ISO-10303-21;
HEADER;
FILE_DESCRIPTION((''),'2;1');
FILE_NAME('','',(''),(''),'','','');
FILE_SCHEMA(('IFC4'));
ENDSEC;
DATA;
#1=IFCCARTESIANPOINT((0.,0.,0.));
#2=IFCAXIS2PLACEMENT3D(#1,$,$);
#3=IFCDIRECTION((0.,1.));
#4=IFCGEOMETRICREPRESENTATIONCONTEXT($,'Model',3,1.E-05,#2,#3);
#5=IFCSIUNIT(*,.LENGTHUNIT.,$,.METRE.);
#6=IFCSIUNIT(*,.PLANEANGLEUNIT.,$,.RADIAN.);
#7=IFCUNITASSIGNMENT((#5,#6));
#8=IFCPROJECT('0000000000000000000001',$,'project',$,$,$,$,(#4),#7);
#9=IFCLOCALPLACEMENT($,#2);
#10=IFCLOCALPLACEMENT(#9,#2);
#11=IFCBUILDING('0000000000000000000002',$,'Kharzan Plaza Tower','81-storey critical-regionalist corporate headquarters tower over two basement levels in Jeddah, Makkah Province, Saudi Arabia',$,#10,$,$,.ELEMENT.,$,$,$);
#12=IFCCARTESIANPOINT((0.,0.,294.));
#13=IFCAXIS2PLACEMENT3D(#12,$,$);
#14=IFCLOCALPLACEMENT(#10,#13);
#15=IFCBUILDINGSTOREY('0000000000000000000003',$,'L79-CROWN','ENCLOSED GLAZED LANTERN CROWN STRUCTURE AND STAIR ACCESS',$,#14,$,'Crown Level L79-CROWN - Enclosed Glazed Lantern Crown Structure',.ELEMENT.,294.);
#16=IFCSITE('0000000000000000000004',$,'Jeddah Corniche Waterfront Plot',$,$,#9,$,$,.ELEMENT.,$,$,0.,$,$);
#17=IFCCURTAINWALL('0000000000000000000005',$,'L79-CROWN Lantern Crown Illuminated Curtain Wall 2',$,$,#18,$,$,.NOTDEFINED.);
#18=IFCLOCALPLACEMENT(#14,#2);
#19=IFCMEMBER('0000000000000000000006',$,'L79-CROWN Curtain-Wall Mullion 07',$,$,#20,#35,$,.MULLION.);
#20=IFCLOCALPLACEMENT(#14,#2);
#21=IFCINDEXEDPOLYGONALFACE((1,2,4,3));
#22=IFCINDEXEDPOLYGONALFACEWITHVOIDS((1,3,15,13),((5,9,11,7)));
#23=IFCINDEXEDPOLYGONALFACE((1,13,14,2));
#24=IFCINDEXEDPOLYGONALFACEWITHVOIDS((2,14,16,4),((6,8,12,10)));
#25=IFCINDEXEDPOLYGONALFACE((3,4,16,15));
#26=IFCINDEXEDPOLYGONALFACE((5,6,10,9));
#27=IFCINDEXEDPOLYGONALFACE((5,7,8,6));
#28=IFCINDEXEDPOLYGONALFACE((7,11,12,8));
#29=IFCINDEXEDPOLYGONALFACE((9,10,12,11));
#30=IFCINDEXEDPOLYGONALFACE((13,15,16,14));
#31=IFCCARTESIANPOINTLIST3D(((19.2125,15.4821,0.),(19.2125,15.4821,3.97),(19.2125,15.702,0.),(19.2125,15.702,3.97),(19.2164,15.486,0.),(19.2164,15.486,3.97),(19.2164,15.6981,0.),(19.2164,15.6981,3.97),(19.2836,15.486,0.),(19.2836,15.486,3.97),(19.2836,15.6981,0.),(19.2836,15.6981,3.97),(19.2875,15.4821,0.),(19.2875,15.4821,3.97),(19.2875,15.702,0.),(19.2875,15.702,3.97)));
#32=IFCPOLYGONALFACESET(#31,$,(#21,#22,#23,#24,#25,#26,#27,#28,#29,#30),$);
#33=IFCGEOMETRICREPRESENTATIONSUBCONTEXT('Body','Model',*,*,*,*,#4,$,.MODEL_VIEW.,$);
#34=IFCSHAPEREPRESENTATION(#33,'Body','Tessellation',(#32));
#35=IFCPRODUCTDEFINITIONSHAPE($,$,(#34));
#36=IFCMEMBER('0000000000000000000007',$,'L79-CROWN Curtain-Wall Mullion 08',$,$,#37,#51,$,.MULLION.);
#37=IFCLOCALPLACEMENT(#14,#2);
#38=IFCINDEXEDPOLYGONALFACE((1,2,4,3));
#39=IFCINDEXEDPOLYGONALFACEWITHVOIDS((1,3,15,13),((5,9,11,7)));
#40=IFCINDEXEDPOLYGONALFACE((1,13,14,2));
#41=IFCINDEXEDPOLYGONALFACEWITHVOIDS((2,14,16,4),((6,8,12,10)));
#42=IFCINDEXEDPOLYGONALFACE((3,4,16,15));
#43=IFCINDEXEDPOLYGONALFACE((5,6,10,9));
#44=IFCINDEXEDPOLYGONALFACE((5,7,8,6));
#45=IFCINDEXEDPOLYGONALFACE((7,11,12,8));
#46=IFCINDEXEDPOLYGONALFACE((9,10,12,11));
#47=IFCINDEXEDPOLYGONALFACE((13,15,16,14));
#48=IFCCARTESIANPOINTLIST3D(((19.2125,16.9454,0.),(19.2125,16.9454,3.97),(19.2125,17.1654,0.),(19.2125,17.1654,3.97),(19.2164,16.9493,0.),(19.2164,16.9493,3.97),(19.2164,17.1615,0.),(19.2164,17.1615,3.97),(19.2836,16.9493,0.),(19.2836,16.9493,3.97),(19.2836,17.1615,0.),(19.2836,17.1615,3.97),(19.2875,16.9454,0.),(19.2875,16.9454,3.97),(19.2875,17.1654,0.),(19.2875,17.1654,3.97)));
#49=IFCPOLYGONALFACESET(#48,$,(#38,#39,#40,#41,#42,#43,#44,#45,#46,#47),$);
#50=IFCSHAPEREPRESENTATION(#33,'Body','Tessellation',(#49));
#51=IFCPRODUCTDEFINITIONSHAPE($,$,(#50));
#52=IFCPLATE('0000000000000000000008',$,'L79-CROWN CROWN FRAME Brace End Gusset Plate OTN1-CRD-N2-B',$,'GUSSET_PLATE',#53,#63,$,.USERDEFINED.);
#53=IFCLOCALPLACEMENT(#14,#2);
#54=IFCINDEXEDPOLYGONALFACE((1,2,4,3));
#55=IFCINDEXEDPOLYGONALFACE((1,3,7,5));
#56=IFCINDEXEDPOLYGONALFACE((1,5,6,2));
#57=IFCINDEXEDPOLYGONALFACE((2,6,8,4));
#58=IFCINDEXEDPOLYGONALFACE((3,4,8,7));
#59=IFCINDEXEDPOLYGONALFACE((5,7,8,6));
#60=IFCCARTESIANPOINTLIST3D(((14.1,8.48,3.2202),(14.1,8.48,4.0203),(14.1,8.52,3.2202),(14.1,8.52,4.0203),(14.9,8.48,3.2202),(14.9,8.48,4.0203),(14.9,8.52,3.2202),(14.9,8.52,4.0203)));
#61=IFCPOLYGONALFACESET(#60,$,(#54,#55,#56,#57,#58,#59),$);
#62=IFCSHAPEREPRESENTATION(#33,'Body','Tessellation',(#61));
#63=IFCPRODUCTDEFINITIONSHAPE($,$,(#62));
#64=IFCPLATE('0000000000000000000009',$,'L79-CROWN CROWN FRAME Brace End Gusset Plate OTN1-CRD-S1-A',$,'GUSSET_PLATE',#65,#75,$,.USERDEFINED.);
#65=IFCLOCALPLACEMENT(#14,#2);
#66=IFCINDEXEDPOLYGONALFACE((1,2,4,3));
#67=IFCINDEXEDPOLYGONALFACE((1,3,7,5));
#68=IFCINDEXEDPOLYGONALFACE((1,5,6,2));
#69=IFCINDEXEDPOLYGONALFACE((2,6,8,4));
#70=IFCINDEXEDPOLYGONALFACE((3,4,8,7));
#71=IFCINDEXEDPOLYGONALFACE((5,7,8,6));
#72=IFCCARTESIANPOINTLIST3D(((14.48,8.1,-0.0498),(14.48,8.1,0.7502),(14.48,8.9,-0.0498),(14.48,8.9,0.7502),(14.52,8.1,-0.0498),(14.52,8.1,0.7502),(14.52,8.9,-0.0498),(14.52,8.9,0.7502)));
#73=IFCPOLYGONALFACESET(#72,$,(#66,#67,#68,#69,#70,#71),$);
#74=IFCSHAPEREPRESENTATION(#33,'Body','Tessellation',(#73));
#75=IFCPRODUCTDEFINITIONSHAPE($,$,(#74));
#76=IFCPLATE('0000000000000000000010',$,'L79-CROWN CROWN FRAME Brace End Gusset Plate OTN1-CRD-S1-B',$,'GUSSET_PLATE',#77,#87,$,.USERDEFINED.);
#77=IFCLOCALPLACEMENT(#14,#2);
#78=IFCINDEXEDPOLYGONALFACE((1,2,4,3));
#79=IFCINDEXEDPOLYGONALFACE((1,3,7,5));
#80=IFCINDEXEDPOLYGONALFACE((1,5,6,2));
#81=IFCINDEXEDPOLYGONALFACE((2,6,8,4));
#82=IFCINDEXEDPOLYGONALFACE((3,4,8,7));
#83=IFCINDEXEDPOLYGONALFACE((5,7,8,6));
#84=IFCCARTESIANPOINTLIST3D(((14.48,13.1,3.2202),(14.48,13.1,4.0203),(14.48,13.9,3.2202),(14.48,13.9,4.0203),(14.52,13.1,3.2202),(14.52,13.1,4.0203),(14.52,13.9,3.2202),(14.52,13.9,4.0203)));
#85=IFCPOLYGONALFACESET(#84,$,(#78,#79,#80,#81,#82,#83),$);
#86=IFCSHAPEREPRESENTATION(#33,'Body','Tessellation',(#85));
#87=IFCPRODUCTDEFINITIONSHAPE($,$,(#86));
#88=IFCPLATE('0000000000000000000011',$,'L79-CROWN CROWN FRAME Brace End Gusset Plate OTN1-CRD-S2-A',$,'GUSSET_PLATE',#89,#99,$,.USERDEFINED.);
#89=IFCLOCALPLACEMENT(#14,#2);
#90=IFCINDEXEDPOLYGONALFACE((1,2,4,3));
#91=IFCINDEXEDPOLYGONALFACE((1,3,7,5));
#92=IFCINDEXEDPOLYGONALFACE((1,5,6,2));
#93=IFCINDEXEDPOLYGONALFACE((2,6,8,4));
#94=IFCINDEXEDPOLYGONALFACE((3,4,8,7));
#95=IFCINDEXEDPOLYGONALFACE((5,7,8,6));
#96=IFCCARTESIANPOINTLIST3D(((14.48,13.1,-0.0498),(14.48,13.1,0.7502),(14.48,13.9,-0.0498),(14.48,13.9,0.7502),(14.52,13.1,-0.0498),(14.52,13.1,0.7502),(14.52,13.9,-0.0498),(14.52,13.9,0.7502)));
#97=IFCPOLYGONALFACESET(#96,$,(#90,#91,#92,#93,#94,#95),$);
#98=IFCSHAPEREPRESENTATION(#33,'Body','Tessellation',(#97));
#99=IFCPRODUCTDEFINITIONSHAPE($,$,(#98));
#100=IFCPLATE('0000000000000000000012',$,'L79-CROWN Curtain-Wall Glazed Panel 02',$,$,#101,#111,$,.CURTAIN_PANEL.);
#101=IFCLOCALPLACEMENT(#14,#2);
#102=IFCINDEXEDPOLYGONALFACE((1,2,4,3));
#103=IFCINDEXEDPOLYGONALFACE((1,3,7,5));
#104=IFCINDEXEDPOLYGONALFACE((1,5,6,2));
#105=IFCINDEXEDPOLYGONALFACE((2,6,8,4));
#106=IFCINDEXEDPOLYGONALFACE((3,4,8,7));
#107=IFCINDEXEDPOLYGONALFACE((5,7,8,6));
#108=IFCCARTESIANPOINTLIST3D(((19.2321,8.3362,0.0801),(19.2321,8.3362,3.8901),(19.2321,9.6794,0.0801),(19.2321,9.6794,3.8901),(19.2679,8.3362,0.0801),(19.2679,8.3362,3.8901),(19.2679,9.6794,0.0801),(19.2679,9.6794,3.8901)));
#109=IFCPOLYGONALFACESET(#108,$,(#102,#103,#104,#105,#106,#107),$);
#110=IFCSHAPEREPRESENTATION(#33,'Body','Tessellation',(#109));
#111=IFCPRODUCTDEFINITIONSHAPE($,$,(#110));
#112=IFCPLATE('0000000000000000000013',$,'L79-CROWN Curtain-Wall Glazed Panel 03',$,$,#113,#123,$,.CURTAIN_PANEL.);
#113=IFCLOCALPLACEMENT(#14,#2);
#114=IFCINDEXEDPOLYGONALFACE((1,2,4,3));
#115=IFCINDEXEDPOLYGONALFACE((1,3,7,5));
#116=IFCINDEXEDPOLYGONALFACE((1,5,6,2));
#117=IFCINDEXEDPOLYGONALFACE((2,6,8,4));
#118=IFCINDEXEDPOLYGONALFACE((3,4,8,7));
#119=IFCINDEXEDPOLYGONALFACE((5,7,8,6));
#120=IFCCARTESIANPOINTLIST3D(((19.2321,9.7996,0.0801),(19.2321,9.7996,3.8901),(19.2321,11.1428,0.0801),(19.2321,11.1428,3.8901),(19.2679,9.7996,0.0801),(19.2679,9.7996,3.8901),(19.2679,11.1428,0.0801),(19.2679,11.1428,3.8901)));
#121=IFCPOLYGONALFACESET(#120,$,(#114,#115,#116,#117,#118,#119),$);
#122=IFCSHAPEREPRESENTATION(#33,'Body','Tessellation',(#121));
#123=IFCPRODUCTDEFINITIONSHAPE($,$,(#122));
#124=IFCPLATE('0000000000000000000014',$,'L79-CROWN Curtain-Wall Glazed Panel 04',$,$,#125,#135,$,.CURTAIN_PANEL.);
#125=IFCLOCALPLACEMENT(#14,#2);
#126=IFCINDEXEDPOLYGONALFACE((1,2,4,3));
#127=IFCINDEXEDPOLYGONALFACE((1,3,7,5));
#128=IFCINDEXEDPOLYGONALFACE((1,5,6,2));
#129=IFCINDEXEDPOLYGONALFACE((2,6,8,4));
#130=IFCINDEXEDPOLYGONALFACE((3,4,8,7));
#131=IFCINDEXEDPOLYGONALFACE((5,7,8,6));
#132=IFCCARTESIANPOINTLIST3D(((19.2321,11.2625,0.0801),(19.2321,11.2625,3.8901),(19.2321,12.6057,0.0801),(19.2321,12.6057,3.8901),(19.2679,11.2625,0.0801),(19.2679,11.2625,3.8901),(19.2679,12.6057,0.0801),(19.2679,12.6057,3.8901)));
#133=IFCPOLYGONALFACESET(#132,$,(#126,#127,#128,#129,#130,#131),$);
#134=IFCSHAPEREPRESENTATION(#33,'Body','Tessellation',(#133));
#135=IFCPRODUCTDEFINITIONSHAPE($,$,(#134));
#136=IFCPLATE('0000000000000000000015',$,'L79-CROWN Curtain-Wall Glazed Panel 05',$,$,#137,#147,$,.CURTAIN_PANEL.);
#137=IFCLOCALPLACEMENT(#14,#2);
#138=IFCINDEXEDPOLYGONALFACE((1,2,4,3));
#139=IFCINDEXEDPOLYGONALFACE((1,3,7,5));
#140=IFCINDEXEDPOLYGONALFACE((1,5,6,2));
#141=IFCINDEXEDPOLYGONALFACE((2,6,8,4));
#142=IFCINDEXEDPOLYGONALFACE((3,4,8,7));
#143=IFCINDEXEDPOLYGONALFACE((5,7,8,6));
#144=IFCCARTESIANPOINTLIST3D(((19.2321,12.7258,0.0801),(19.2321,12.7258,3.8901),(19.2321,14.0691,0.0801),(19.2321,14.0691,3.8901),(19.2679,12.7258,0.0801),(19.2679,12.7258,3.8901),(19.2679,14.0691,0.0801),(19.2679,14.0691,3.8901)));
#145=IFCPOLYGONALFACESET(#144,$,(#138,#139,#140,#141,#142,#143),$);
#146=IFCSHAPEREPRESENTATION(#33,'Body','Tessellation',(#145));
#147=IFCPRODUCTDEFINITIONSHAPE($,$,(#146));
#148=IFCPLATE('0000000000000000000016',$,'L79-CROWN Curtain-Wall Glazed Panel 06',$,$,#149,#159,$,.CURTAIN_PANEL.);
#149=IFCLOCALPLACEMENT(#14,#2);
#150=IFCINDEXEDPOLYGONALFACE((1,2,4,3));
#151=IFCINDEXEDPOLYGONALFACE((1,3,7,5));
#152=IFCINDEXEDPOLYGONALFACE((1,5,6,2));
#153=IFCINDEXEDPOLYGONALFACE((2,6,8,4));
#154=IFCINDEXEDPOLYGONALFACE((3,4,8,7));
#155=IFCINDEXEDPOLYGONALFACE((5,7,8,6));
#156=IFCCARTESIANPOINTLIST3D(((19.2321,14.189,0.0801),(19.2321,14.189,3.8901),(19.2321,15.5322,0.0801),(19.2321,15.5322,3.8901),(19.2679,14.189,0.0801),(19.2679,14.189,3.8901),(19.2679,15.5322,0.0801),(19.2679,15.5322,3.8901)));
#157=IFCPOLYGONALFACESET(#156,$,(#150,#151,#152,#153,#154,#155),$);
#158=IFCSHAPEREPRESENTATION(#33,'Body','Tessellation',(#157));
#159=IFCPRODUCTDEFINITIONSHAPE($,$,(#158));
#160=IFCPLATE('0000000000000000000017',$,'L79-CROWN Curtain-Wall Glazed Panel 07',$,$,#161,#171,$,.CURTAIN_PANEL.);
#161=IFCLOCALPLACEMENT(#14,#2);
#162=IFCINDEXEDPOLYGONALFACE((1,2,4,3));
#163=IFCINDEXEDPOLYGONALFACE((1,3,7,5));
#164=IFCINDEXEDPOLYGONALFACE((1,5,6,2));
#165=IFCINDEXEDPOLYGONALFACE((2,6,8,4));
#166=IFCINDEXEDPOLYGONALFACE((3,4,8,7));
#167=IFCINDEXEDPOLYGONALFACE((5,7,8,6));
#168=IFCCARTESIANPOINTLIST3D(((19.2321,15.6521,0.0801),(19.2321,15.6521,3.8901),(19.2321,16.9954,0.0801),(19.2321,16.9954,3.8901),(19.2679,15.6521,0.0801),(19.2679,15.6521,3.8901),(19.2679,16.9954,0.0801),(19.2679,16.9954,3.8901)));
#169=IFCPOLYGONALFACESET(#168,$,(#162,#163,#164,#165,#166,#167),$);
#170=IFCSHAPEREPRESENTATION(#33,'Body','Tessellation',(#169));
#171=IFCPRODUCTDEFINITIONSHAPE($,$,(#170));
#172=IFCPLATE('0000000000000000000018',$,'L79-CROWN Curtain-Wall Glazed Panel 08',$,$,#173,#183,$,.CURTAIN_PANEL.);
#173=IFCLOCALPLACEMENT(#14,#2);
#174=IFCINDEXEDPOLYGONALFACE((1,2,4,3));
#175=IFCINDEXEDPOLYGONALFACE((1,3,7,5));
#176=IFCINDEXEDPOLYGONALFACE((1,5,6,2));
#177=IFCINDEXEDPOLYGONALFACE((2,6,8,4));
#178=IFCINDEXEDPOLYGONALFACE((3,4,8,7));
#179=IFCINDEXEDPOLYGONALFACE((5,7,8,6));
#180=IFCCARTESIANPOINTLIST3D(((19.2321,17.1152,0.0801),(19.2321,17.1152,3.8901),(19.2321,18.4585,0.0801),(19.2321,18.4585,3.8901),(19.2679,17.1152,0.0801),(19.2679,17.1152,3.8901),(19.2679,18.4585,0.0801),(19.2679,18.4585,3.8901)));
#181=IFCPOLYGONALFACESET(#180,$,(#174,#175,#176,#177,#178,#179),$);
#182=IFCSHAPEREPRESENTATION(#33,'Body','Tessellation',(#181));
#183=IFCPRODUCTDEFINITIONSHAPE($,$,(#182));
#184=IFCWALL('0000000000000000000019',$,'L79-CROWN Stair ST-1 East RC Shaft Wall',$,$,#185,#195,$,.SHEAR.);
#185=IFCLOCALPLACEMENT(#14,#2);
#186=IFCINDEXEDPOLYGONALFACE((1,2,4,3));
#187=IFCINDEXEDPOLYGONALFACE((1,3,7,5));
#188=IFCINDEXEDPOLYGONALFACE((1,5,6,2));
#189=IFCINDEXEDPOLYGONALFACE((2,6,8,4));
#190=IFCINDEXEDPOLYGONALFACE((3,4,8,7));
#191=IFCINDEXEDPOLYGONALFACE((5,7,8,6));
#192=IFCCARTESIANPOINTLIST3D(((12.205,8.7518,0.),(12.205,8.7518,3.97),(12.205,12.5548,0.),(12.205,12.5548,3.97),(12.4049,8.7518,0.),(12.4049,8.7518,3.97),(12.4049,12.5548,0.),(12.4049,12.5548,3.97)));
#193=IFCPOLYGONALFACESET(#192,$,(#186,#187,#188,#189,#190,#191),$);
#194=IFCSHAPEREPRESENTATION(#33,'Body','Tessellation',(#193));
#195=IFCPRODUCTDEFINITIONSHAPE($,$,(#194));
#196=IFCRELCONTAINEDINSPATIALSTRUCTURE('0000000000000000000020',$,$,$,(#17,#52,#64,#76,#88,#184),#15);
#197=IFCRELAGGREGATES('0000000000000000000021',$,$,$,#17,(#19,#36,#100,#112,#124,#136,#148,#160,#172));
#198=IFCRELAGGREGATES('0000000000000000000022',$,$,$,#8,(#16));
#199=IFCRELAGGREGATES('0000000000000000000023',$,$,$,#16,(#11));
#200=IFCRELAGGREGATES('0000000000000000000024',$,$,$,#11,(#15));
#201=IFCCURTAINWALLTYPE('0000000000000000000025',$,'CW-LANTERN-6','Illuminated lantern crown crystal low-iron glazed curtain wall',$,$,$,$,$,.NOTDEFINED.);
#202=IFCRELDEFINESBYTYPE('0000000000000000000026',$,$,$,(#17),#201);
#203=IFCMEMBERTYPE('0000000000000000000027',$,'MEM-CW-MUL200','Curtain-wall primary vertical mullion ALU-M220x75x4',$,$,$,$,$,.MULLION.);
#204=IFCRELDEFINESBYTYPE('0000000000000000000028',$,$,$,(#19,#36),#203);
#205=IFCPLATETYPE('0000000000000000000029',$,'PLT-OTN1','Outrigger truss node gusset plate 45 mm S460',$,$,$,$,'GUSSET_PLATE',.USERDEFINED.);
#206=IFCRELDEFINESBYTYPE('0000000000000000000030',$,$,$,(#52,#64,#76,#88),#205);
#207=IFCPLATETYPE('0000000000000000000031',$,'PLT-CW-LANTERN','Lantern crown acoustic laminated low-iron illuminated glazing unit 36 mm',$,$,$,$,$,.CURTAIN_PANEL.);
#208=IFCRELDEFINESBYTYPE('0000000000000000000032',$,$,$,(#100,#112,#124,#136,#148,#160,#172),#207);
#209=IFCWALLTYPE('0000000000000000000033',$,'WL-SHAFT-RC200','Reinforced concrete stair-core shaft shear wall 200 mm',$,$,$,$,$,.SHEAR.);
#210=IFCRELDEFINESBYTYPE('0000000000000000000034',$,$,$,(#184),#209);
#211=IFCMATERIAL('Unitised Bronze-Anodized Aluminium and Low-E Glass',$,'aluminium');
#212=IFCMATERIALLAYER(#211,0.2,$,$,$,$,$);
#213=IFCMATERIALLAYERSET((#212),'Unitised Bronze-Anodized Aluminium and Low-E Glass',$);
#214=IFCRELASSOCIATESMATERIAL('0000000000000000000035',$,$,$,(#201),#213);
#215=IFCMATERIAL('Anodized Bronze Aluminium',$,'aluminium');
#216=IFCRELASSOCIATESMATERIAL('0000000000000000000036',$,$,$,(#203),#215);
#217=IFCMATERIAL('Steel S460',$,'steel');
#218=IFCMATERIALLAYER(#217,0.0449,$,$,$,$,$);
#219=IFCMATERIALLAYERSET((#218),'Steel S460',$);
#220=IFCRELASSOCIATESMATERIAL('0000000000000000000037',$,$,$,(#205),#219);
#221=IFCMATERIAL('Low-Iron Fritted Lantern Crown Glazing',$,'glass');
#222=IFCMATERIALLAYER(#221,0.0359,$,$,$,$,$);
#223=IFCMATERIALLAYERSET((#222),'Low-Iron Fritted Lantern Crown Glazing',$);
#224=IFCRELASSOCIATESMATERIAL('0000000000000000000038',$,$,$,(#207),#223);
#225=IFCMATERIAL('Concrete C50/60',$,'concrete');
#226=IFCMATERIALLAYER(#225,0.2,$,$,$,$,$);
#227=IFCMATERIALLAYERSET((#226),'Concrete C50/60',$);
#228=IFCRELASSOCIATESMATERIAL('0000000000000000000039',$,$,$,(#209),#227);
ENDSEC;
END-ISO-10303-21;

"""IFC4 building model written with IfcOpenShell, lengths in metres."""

from ifc_helpers import new_model, si_unit, direction, frame, frame_2d, origin, origin_2d, place, context, subcontext, project, spatial, rectangle, hollow_rectangle, extrude, source, transform, mapped, material, layer, layer_set, material_profile, profile_set, type_object, element, aggregate, save


model = new_model("IFC4")

# Units and contexts
model_context = context("Model", 3, precision=1e-05, world=origin(), true_north=direction((0.0, 1.0)))
body_context = subcontext(model_context, "Body", "Model", "MODEL_VIEW")
ifc_project = project(units=[si_unit("LENGTHUNIT", "METRE"), si_unit("PLANEANGLEUNIT", "RADIAN")], contexts=[model_context])

# Site, building, storey
site_placement = place(None, origin())
site = spatial("IfcSite", under=ifc_project, at=site_placement, Name="Jeddah Corniche Waterfront Plot", CompositionType="ELEMENT", RefElevation=0.0)
building_placement = place(site_placement, origin())
building = spatial("IfcBuilding", under=site, at=building_placement, Name="Kharzan Plaza Tower", Description="81-storey critical-regionalist corporate headquarters tower over two basement levels in Jeddah, Makkah Province, Saudi Arabia", CompositionType="ELEMENT")
storey_placement = place(building_placement, frame((0.0, 0.0, 294.0)))
storey = spatial("IfcBuildingStorey", under=building, at=storey_placement, Name="L79-CROWN", Description="ENCLOSED GLAZED LANTERN CROWN STRUCTURE AND STAIR ACCESS", LongName="Crown Level L79-CROWN - Enclosed Glazed Lantern Crown Structure", CompositionType="ELEMENT", Elevation=294.0)

# Curtain wall, members
ifc_material_1 = material(Name="Unitised Bronze-Anodized Aluminium and Low-E Glass", Category="aluminium")
ifc_layer_1 = layer(ifc_material_1, 0.2)
ifc_layer_set_1 = layer_set([ifc_layer_1], Name="Unitised Bronze-Anodized Aluminium and Low-E Glass")
curtain_wall_type = type_object("IfcCurtainWallType", Name="CW-LANTERN-6", Description="Illuminated lantern crown crystal low-iron glazed curtain wall", PredefinedType="NOTDEFINED", material=ifc_layer_set_1)
curtain_wall_placement = place(storey_placement, origin())
curtain_wall = element("IfcCurtainWall", 1, at=curtain_wall_placement, inside=storey, type_object=curtain_wall_type, Name="L79-CROWN Lantern Crown Illuminated Curtain Wall 2", PredefinedType="NOTDEFINED")
ifc_material_2 = material(Name="Anodized Bronze Aluminium", Category="aluminium")
ifc_material_profile_1 = material_profile(ifc_material_2, hollow_rectangle(XDim=0.075, YDim=0.22, WallThickness=0.0039, at=origin_2d()), Name="ALU-M220x75x4")
ifc_profile_set_1 = profile_set([ifc_material_profile_1], Name="Anodized Bronze Aluminium")
member_type_1 = type_object("IfcMemberType", Name="MEM-CW-MUL200", Description="Curtain-wall primary vertical mullion ALU-M220x75x4", PredefinedType="MULLION", material=ifc_profile_set_1)
shared_shape_1 = source(origin(), body_context, "Body", "SweptSolid", [
    extrude(hollow_rectangle(XDim=0.075, YDim=0.22, WallThickness=0.0039, at=origin_2d()), origin(), (0.0, 0.0, 1.0), 3.97),
])
member_1_placement = place(storey_placement, frame((19.25, 15.592, 0.0), z_axis=(0.0, 0.0, 1.0), x_axis=(1.0, 0.0, 0.0)))
member_1 = element("IfcMember", 2, at=member_1_placement, type_object=member_type_1, Name="L79-CROWN Curtain-Wall Mullion 07", PredefinedType="MULLION", context=body_context, shape_type="MappedRepresentation", body=[
    mapped(shared_shape_1, transform((0.0, 0.0, 0.0), x_axis=(1.0, 0.0, 0.0), y_axis=(0.0, 1.0, 0.0), z_axis=(0.0, 0.0, 1.0))),
])
member_2_placement = place(storey_placement, frame((19.25, 17.0554, 0.0), z_axis=(0.0, 0.0, 1.0), x_axis=(1.0, 0.0, 0.0)))
member_2 = element("IfcMember", 3, at=member_2_placement, type_object=member_type_1, Name="L79-CROWN Curtain-Wall Mullion 08", PredefinedType="MULLION", context=body_context, shape_type="MappedRepresentation", body=[
    mapped(shared_shape_1, transform((0.0, 0.0, 0.0), x_axis=(1.0, 0.0, 0.0), y_axis=(0.0, 1.0, 0.0), z_axis=(0.0, 0.0, 1.0))),
])

# Plates
ifc_material_3 = material(Name="Steel S460", Category="steel")
ifc_layer_2 = layer(ifc_material_3, 0.0449)
ifc_layer_set_2 = layer_set([ifc_layer_2], Name="Steel S460")
plate_type_1 = type_object("IfcPlateType", Name="PLT-OTN1", Description="Outrigger truss node gusset plate 45 mm S460", ElementType="GUSSET_PLATE", PredefinedType="USERDEFINED", material=ifc_layer_set_2)
shared_shape_2 = source(origin(), body_context, "Body", "SweptSolid", [
    extrude(rectangle(XDim=0.8, YDim=0.04, at=origin_2d()), origin(), (0.0, 0.0, 1.0), 0.8),
])
for number, where, z_axis, x_axis, name in (
    (4, (14.5, 8.5, 3.2202), (0.0, 0.0, 1.0), (1.0, 0.0, 0.0), "L79-CROWN CROWN FRAME Brace End Gusset Plate OTN1-CRD-N2-B"),
    (5, (14.5, 8.5, -0.0498), (0.0, 0.0, 1.0), (0.0, 1.0, 0.0), "L79-CROWN CROWN FRAME Brace End Gusset Plate OTN1-CRD-S1-A"),
    (6, (14.5, 13.5, 3.2202), (0.0, 0.0, 1.0), (0.0, 1.0, 0.0), "L79-CROWN CROWN FRAME Brace End Gusset Plate OTN1-CRD-S1-B"),
    (7, (14.5, 13.5, -0.0498), (0.0, 0.0, 1.0), (0.0, 1.0, 0.0), "L79-CROWN CROWN FRAME Brace End Gusset Plate OTN1-CRD-S2-A"),
):
    element("IfcPlate", number, at=place(storey_placement, frame(where, z_axis=z_axis, x_axis=x_axis)), inside=storey, type_object=plate_type_1, Name=name, ObjectType="GUSSET_PLATE", PredefinedType="USERDEFINED", context=body_context, shape_type="MappedRepresentation", body=[
        mapped(shared_shape_2, transform((0.0, 0.0, 0.0), x_axis=(1.0, 0.0, 0.0), y_axis=(0.0, 1.0, 0.0), z_axis=(0.0, 0.0, 1.0))),
    ])

# Plates
ifc_material_4 = material(Name="Low-Iron Fritted Lantern Crown Glazing", Category="glass")
ifc_layer_3 = layer(ifc_material_4, 0.0359)
ifc_layer_set_3 = layer_set([ifc_layer_3], Name="Low-Iron Fritted Lantern Crown Glazing")
plate_type_2 = type_object("IfcPlateType", Name="PLT-CW-LANTERN", Description="Lantern crown acoustic laminated low-iron illuminated glazing unit 36 mm", PredefinedType="CURTAIN_PANEL", material=ifc_layer_set_3)
shared_shape_3 = source(origin(), body_context, "Body", "SweptSolid", [
    extrude(rectangle(XDim=1.3433, YDim=0.0359, at=origin_2d()), origin(), (0.0, 0.0, 1.0), 3.8101),
])
plate_1_placement = place(storey_placement, frame((19.25, 9.0078, 0.0801), z_axis=(0.0, 0.0, 1.0), x_axis=(0.0, 1.0, 0.0)))
plate_1 = element("IfcPlate", 8, at=plate_1_placement, type_object=plate_type_2, Name="L79-CROWN Curtain-Wall Glazed Panel 02", PredefinedType="CURTAIN_PANEL", context=body_context, shape_type="MappedRepresentation", body=[
    mapped(shared_shape_3, transform((0.0, 0.0, 0.0), x_axis=(1.0, 0.0, 0.0), y_axis=(0.0, 1.0, 0.0), z_axis=(0.0, 0.0, 1.0))),
])
plate_2_placement = place(storey_placement, frame((19.25, 10.4712, 0.0801), z_axis=(0.0, 0.0, 1.0), x_axis=(0.0, 1.0, 0.0)))
plate_2 = element("IfcPlate", 9, at=plate_2_placement, type_object=plate_type_2, Name="L79-CROWN Curtain-Wall Glazed Panel 03", PredefinedType="CURTAIN_PANEL", context=body_context, shape_type="MappedRepresentation", body=[
    mapped(shared_shape_3, transform((0.0, 0.0, 0.0), x_axis=(1.0, 0.0, 0.0), y_axis=(0.0, 1.0, 0.0), z_axis=(0.0, 0.0, 1.0))),
])
plate_3_placement = place(storey_placement, frame((19.25, 11.9341, 0.0801), z_axis=(0.0, 0.0, 1.0), x_axis=(0.0, 1.0, 0.0)))
plate_3 = element("IfcPlate", 10, at=plate_3_placement, type_object=plate_type_2, Name="L79-CROWN Curtain-Wall Glazed Panel 04", PredefinedType="CURTAIN_PANEL", context=body_context, shape_type="MappedRepresentation", body=[
    mapped(shared_shape_3, transform((0.0, 0.0, 0.0), x_axis=(1.0, 0.0, 0.0), y_axis=(0.0, 1.0, 0.0), z_axis=(0.0, 0.0, 1.0))),
])
plate_4_placement = place(storey_placement, frame((19.25, 13.3975, 0.0801), z_axis=(0.0, 0.0, 1.0), x_axis=(0.0, 1.0, 0.0)))
plate_4 = element("IfcPlate", 11, at=plate_4_placement, type_object=plate_type_2, Name="L79-CROWN Curtain-Wall Glazed Panel 05", PredefinedType="CURTAIN_PANEL", context=body_context, shape_type="MappedRepresentation", body=[
    mapped(shared_shape_3, transform((0.0, 0.0, 0.0), x_axis=(1.0, 0.0, 0.0), y_axis=(0.0, 1.0, 0.0), z_axis=(0.0, 0.0, 1.0))),
])
plate_5_placement = place(storey_placement, frame((19.25, 14.8606, 0.0801), z_axis=(0.0, 0.0, 1.0), x_axis=(0.0, 1.0, 0.0)))
plate_5 = element("IfcPlate", 12, at=plate_5_placement, type_object=plate_type_2, Name="L79-CROWN Curtain-Wall Glazed Panel 06", PredefinedType="CURTAIN_PANEL", context=body_context, shape_type="MappedRepresentation", body=[
    mapped(shared_shape_3, transform((0.0, 0.0, 0.0), x_axis=(1.0, 0.0, 0.0), y_axis=(0.0, 1.0, 0.0), z_axis=(0.0, 0.0, 1.0))),
])
plate_6_placement = place(storey_placement, frame((19.25, 16.3237, 0.0801), z_axis=(0.0, 0.0, 1.0), x_axis=(0.0, 1.0, 0.0)))
plate_6 = element("IfcPlate", 13, at=plate_6_placement, type_object=plate_type_2, Name="L79-CROWN Curtain-Wall Glazed Panel 07", PredefinedType="CURTAIN_PANEL", context=body_context, shape_type="MappedRepresentation", body=[
    mapped(shared_shape_3, transform((0.0, 0.0, 0.0), x_axis=(1.0, 0.0, 0.0), y_axis=(0.0, 1.0, 0.0), z_axis=(0.0, 0.0, 1.0))),
])
plate_7_placement = place(storey_placement, frame((19.25, 17.7869, 0.0801), z_axis=(0.0, 0.0, 1.0), x_axis=(0.0, 1.0, 0.0)))
plate_7 = element("IfcPlate", 14, at=plate_7_placement, type_object=plate_type_2, Name="L79-CROWN Curtain-Wall Glazed Panel 08", PredefinedType="CURTAIN_PANEL", context=body_context, shape_type="MappedRepresentation", body=[
    mapped(shared_shape_3, transform((0.0, 0.0, 0.0), x_axis=(1.0, 0.0, 0.0), y_axis=(0.0, 1.0, 0.0), z_axis=(0.0, 0.0, 1.0))),
])
aggregate(curtain_wall, [member_1, member_2, plate_1, plate_2, plate_3, plate_4, plate_5, plate_6, plate_7])

# Wall
ifc_material_5 = material(Name="Concrete C50/60", Category="concrete")
ifc_layer_4 = layer(ifc_material_5, 0.2)
ifc_layer_set_4 = layer_set([ifc_layer_4], Name="Concrete C50/60")
wall_type = type_object("IfcWallType", Name="WL-SHAFT-RC200", Description="Reinforced concrete stair-core shaft shear wall 200 mm", PredefinedType="SHEAR", material=ifc_layer_set_4)
shared_shape_4 = source(origin(), body_context, "Body", "SweptSolid", [
    extrude(rectangle(XDim=3.803, YDim=0.2, at=frame_2d((1.9014, 0.0))), origin(), (0.0, 0.0, 1.0), 3.97),
])
wall_placement = place(storey_placement, frame((12.3049, 8.752, 0.0), z_axis=(0.0, 0.0, 1.0), x_axis=(0.0, 1.0, 0.0)))
element("IfcWall", 15, at=wall_placement, inside=storey, type_object=wall_type, Name="L79-CROWN Stair ST-1 East RC Shaft Wall", PredefinedType="SHEAR", context=body_context, shape_type="MappedRepresentation", body=[
    mapped(shared_shape_4, transform((0.0, 0.0, 0.0), x_axis=(1.0, 0.0, 0.0), y_axis=(0.0, 1.0, 0.0), z_axis=(0.0, 0.0, 1.0))),
])

save(model, "model.ifc")
